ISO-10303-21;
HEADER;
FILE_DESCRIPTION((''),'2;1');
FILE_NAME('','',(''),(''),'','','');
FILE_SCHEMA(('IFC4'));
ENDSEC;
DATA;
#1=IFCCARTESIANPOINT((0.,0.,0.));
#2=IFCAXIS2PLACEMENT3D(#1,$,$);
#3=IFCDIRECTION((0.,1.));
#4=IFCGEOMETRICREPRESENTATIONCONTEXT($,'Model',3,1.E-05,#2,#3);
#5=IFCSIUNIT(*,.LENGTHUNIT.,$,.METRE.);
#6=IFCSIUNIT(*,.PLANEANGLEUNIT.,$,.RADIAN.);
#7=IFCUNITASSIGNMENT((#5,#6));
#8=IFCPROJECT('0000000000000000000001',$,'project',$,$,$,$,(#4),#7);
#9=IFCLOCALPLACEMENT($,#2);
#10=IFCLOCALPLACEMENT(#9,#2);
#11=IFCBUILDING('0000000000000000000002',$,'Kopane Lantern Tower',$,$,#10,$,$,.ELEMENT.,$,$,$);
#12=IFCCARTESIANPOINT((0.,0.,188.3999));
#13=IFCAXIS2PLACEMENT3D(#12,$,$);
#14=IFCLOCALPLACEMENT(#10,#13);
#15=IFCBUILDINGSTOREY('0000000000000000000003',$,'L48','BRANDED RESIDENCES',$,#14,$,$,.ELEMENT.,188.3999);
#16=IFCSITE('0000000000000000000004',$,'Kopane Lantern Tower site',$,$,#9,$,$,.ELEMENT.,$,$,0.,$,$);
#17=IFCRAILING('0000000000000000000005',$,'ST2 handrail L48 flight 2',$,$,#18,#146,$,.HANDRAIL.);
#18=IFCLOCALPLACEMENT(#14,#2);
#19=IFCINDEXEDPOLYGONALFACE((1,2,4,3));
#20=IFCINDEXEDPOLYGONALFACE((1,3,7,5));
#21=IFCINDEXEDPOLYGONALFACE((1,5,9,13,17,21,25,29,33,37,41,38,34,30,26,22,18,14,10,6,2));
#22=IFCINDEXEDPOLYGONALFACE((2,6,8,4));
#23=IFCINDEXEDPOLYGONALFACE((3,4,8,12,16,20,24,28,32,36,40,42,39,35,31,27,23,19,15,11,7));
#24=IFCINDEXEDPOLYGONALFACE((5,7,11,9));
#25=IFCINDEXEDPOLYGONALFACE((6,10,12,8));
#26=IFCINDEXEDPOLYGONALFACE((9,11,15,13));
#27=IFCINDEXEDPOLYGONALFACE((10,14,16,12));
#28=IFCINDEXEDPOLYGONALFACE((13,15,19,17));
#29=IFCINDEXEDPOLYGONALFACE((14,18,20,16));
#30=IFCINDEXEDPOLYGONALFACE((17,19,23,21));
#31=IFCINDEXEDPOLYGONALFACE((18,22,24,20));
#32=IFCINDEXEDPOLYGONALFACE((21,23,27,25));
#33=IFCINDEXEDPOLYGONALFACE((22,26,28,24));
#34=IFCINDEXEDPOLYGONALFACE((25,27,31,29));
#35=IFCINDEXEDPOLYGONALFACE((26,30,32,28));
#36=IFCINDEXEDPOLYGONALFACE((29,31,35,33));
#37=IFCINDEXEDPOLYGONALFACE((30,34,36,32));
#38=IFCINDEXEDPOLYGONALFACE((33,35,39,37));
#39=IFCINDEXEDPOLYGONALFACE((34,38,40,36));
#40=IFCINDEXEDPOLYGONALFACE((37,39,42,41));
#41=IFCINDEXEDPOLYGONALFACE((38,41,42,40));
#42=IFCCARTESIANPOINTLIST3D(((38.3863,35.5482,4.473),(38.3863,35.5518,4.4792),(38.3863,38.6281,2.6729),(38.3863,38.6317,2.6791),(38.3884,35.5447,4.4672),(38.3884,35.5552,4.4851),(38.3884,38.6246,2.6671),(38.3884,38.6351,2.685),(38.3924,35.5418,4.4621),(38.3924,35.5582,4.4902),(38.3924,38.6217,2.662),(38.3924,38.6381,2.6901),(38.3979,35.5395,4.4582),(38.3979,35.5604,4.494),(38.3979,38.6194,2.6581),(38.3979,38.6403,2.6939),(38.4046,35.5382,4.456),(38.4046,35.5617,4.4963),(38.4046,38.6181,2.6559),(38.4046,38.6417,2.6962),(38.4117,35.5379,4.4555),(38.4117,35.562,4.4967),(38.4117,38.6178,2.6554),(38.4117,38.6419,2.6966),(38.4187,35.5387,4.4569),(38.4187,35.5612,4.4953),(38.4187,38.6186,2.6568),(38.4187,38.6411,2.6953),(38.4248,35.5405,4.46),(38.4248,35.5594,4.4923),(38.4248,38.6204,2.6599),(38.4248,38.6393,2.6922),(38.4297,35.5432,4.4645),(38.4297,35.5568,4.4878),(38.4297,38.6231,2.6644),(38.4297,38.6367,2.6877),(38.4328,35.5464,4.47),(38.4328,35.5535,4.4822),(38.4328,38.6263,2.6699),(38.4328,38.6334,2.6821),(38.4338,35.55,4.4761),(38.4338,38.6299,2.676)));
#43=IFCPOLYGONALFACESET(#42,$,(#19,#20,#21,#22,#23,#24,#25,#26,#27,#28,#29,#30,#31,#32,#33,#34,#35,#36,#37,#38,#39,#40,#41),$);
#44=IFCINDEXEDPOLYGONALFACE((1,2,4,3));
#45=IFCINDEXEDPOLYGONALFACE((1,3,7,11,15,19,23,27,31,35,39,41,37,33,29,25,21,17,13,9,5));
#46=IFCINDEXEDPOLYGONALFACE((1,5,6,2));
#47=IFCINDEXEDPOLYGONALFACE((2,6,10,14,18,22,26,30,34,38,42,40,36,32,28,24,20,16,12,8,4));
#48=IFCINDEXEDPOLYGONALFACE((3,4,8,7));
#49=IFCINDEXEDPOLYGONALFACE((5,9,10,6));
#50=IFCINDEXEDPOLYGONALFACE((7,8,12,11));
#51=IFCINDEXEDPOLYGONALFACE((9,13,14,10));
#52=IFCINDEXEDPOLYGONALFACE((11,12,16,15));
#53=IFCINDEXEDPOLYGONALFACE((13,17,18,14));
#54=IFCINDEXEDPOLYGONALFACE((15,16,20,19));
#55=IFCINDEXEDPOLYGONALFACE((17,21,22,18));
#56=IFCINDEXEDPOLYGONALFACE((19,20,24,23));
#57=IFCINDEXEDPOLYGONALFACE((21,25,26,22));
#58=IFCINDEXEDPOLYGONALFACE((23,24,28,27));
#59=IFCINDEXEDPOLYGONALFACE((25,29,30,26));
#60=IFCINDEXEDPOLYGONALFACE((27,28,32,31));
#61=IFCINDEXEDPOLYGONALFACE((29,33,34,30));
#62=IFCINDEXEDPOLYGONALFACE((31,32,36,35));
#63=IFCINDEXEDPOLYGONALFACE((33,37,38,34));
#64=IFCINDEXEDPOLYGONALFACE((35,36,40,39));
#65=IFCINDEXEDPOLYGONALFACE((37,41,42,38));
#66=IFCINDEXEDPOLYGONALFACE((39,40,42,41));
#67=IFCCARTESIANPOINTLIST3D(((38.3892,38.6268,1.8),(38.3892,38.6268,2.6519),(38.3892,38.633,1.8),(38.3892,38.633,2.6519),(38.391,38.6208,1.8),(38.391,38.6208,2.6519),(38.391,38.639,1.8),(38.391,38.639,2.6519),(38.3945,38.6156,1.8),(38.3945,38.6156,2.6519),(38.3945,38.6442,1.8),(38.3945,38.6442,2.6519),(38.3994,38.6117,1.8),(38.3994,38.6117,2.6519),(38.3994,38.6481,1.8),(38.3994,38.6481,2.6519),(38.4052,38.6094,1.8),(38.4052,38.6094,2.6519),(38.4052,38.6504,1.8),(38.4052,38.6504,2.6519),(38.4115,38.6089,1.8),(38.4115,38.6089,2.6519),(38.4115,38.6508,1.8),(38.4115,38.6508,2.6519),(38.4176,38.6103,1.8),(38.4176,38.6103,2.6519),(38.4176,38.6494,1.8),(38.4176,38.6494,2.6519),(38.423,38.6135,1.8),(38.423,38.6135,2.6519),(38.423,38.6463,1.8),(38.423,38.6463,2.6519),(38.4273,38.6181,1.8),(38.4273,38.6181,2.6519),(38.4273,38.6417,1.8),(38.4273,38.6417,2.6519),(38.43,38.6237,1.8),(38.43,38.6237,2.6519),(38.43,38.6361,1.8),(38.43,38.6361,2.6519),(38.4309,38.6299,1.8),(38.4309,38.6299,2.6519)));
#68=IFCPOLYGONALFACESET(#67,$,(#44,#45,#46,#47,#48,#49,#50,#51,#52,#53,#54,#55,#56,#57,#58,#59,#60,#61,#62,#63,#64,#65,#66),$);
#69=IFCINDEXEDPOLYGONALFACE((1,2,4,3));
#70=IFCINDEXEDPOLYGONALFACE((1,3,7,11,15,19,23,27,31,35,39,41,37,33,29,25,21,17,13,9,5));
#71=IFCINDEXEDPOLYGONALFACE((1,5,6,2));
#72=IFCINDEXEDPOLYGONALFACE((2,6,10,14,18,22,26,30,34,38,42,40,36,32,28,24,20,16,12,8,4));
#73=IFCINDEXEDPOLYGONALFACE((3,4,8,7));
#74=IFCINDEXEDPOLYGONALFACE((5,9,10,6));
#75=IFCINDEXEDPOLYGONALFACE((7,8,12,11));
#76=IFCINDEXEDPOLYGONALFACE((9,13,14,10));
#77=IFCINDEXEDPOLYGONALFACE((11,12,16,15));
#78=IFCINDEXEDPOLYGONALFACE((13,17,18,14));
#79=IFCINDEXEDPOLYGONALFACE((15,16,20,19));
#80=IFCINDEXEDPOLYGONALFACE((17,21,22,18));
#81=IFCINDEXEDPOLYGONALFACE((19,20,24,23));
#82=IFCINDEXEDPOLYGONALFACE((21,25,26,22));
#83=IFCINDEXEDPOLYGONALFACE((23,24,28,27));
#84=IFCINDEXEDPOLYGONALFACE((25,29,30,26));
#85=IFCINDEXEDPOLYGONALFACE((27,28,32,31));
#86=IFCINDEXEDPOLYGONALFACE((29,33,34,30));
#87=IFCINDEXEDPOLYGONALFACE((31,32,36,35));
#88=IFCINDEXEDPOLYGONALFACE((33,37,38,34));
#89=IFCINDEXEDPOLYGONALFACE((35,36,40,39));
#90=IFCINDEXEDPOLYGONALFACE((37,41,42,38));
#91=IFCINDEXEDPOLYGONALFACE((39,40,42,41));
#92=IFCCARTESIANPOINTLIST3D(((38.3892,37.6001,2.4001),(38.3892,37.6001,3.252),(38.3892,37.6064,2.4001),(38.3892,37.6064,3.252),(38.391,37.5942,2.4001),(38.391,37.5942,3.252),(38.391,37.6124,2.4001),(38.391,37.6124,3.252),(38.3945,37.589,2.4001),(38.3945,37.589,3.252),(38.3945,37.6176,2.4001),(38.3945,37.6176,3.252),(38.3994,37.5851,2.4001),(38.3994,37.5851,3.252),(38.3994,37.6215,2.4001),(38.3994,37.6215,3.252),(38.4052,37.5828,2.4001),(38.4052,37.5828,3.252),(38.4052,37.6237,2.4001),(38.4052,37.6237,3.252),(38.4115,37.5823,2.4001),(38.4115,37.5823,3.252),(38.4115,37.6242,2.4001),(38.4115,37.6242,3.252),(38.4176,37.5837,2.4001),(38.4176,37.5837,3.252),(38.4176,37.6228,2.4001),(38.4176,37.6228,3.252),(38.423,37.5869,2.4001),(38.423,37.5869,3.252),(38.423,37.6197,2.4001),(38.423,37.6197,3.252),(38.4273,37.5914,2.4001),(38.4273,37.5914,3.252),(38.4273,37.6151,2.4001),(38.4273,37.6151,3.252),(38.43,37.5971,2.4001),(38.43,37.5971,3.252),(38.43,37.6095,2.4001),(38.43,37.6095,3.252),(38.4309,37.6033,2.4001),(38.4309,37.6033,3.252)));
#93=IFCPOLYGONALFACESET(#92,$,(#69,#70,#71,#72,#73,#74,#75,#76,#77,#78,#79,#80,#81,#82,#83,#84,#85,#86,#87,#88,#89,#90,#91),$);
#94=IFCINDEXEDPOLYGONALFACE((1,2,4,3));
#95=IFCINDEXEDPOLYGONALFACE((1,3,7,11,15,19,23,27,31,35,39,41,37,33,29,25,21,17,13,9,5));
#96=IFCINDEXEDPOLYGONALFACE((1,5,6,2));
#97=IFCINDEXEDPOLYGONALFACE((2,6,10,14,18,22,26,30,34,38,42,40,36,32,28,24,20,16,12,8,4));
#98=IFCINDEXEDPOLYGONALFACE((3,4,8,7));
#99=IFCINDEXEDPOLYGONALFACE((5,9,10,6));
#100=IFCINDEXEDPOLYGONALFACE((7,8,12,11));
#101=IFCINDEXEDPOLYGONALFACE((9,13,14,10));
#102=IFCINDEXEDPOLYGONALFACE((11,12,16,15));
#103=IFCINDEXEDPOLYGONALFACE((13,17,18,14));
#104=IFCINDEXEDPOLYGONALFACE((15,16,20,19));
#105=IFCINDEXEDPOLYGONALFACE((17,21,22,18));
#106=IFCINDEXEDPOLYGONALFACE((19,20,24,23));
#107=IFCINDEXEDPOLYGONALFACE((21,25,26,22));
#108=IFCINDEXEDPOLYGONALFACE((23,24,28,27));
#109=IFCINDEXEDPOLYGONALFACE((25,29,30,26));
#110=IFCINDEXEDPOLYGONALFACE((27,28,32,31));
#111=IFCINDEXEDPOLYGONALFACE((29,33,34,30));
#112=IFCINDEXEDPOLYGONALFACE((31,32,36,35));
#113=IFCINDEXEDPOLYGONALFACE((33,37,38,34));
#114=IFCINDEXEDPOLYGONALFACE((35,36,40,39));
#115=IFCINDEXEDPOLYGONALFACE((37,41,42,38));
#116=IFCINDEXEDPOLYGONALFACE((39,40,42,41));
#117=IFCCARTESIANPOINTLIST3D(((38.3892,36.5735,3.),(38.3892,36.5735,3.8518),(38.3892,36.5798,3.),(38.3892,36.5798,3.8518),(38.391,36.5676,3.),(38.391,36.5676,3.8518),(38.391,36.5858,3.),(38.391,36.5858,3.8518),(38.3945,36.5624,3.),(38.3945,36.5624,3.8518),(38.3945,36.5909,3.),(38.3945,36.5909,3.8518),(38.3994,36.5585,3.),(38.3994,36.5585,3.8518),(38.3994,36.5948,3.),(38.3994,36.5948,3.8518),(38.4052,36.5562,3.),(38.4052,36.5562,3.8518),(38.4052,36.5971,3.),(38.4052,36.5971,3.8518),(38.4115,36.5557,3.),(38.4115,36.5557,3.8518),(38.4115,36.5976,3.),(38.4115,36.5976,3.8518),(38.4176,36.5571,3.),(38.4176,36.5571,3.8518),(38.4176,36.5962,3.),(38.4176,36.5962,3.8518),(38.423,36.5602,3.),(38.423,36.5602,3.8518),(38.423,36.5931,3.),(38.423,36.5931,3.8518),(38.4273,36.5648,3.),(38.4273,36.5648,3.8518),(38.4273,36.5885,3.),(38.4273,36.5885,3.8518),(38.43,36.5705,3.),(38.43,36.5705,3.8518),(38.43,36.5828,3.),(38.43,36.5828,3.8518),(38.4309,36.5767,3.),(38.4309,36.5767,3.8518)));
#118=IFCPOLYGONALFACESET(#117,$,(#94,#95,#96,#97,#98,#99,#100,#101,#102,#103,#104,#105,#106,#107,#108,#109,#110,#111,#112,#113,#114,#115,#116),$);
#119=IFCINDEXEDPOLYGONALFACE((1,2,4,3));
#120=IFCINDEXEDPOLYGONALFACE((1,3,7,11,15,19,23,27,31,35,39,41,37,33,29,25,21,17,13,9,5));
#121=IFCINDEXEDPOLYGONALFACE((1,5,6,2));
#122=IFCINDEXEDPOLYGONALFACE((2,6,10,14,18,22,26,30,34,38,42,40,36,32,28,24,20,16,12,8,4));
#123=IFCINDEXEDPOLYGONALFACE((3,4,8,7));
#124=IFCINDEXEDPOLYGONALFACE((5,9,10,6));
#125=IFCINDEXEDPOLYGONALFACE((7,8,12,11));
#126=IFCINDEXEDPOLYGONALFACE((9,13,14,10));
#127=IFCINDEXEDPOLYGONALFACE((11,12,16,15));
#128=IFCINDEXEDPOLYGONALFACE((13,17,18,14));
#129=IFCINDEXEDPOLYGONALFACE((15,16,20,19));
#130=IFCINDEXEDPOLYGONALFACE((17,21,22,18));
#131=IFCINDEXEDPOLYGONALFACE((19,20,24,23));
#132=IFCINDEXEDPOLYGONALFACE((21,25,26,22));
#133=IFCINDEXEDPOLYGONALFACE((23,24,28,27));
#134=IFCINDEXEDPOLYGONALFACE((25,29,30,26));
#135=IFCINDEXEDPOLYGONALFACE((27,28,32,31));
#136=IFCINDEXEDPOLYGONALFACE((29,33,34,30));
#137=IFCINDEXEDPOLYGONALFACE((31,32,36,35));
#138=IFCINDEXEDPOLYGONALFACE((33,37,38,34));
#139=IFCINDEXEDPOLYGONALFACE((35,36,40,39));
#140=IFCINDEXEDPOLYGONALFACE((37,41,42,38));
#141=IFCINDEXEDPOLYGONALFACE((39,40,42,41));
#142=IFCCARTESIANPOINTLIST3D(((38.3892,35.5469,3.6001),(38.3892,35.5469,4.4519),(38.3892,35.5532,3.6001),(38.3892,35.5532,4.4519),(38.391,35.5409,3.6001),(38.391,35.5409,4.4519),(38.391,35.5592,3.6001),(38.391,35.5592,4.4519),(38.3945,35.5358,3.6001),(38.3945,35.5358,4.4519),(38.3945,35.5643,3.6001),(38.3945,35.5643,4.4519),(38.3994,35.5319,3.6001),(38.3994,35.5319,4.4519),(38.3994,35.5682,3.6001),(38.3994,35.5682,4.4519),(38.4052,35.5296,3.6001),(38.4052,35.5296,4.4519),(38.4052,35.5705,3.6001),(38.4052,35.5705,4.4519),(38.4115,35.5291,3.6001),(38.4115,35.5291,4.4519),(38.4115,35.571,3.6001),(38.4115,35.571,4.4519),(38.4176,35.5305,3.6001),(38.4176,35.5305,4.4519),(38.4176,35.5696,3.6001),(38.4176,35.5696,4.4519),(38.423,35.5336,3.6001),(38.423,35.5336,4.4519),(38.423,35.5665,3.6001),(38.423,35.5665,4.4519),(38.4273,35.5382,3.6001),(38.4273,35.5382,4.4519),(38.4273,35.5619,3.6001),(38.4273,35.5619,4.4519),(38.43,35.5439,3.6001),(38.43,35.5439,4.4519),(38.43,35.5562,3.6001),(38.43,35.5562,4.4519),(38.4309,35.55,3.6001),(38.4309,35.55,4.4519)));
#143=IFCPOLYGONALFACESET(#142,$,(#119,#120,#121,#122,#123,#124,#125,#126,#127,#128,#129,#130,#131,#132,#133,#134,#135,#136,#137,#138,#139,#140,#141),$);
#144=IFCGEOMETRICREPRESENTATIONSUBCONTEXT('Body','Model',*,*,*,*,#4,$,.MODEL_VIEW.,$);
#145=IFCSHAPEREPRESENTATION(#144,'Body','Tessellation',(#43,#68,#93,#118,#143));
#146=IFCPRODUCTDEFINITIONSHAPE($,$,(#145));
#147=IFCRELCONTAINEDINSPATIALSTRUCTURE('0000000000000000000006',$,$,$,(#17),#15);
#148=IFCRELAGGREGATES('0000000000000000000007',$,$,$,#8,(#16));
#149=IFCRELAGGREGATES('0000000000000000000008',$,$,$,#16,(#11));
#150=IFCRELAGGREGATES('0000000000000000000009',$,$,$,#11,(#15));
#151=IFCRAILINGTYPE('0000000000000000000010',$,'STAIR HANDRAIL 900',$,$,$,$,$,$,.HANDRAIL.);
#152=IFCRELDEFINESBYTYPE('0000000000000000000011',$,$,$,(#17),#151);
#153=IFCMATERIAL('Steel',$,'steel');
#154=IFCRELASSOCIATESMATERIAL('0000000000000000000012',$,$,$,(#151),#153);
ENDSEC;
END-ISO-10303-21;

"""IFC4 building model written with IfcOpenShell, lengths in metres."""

from ifc_helpers import new_model, si_unit, direction, frame, origin, origin_2d, place, context, subcontext, project, spatial, circle, extrude, material, type_object, element, save


model = new_model("IFC4")

# Units and contexts
model_context = context("Model", 3, precision=1e-05, world=origin(), true_north=direction((0.0, 1.0)))
body_context = subcontext(model_context, "Body", "Model", "MODEL_VIEW")
ifc_project = project(units=[si_unit("LENGTHUNIT", "METRE"), si_unit("PLANEANGLEUNIT", "RADIAN")], contexts=[model_context])

# Site, building, storey
site_placement = place(None, origin())
site = spatial("IfcSite", under=ifc_project, at=site_placement, Name="Kopane Lantern Tower site", CompositionType="ELEMENT", RefElevation=0.0)
building_placement = place(site_placement, origin())
building = spatial("IfcBuilding", under=site, at=building_placement, Name="Kopane Lantern Tower", CompositionType="ELEMENT")
storey_placement = place(building_placement, frame((0.0, 0.0, 188.3999)))
storey = spatial("IfcBuildingStorey", under=building, at=storey_placement, Name="L48", Description="BRANDED RESIDENCES", CompositionType="ELEMENT", Elevation=188.3999)

# Railing
ifc_material_1 = material(Name="Steel", Category="steel")
railing_type_1 = type_object("IfcRailingType", Name="STAIR HANDRAIL 900", PredefinedType="HANDRAIL", material=ifc_material_1)
for number, where, name in (
    (1, (38.4099, 38.6299, 1.8), "ST2 handrail L48 flight 2"),
):
    element("IfcRailing", number, at=place(storey_placement, frame(where)), inside=storey, type_object=railing_type_1, Name=name, PredefinedType="HANDRAIL", context=body_context, shape_type="SweptSolid", body=[
        extrude(circle(Radius=0.0239, at=origin_2d()), frame((0.0, 0.0, 0.876), z_axis=(0.0, -0.863354, 0.504598), x_axis=(1.0, 0.0, 0.0)), (0.0, 0.0, 1.0), 3.5674),
        extrude(circle(Radius=0.021, at=origin_2d()), origin(), (0.0, 0.0, 1.0), 0.8518),
        extrude(circle(Radius=0.021, at=origin_2d()), frame((0.0, -1.0266, 0.6001)), (0.0, 0.0, 1.0), 0.8518),
        extrude(circle(Radius=0.021, at=origin_2d()), frame((0.0, -2.0532, 1.2)), (0.0, 0.0, 1.0), 0.8518),
        extrude(circle(Radius=0.021, at=origin_2d()), frame((0.0, -3.0798, 1.8)), (0.0, 0.0, 1.0), 0.8518),
    ])

save(model, "model.ifc")
